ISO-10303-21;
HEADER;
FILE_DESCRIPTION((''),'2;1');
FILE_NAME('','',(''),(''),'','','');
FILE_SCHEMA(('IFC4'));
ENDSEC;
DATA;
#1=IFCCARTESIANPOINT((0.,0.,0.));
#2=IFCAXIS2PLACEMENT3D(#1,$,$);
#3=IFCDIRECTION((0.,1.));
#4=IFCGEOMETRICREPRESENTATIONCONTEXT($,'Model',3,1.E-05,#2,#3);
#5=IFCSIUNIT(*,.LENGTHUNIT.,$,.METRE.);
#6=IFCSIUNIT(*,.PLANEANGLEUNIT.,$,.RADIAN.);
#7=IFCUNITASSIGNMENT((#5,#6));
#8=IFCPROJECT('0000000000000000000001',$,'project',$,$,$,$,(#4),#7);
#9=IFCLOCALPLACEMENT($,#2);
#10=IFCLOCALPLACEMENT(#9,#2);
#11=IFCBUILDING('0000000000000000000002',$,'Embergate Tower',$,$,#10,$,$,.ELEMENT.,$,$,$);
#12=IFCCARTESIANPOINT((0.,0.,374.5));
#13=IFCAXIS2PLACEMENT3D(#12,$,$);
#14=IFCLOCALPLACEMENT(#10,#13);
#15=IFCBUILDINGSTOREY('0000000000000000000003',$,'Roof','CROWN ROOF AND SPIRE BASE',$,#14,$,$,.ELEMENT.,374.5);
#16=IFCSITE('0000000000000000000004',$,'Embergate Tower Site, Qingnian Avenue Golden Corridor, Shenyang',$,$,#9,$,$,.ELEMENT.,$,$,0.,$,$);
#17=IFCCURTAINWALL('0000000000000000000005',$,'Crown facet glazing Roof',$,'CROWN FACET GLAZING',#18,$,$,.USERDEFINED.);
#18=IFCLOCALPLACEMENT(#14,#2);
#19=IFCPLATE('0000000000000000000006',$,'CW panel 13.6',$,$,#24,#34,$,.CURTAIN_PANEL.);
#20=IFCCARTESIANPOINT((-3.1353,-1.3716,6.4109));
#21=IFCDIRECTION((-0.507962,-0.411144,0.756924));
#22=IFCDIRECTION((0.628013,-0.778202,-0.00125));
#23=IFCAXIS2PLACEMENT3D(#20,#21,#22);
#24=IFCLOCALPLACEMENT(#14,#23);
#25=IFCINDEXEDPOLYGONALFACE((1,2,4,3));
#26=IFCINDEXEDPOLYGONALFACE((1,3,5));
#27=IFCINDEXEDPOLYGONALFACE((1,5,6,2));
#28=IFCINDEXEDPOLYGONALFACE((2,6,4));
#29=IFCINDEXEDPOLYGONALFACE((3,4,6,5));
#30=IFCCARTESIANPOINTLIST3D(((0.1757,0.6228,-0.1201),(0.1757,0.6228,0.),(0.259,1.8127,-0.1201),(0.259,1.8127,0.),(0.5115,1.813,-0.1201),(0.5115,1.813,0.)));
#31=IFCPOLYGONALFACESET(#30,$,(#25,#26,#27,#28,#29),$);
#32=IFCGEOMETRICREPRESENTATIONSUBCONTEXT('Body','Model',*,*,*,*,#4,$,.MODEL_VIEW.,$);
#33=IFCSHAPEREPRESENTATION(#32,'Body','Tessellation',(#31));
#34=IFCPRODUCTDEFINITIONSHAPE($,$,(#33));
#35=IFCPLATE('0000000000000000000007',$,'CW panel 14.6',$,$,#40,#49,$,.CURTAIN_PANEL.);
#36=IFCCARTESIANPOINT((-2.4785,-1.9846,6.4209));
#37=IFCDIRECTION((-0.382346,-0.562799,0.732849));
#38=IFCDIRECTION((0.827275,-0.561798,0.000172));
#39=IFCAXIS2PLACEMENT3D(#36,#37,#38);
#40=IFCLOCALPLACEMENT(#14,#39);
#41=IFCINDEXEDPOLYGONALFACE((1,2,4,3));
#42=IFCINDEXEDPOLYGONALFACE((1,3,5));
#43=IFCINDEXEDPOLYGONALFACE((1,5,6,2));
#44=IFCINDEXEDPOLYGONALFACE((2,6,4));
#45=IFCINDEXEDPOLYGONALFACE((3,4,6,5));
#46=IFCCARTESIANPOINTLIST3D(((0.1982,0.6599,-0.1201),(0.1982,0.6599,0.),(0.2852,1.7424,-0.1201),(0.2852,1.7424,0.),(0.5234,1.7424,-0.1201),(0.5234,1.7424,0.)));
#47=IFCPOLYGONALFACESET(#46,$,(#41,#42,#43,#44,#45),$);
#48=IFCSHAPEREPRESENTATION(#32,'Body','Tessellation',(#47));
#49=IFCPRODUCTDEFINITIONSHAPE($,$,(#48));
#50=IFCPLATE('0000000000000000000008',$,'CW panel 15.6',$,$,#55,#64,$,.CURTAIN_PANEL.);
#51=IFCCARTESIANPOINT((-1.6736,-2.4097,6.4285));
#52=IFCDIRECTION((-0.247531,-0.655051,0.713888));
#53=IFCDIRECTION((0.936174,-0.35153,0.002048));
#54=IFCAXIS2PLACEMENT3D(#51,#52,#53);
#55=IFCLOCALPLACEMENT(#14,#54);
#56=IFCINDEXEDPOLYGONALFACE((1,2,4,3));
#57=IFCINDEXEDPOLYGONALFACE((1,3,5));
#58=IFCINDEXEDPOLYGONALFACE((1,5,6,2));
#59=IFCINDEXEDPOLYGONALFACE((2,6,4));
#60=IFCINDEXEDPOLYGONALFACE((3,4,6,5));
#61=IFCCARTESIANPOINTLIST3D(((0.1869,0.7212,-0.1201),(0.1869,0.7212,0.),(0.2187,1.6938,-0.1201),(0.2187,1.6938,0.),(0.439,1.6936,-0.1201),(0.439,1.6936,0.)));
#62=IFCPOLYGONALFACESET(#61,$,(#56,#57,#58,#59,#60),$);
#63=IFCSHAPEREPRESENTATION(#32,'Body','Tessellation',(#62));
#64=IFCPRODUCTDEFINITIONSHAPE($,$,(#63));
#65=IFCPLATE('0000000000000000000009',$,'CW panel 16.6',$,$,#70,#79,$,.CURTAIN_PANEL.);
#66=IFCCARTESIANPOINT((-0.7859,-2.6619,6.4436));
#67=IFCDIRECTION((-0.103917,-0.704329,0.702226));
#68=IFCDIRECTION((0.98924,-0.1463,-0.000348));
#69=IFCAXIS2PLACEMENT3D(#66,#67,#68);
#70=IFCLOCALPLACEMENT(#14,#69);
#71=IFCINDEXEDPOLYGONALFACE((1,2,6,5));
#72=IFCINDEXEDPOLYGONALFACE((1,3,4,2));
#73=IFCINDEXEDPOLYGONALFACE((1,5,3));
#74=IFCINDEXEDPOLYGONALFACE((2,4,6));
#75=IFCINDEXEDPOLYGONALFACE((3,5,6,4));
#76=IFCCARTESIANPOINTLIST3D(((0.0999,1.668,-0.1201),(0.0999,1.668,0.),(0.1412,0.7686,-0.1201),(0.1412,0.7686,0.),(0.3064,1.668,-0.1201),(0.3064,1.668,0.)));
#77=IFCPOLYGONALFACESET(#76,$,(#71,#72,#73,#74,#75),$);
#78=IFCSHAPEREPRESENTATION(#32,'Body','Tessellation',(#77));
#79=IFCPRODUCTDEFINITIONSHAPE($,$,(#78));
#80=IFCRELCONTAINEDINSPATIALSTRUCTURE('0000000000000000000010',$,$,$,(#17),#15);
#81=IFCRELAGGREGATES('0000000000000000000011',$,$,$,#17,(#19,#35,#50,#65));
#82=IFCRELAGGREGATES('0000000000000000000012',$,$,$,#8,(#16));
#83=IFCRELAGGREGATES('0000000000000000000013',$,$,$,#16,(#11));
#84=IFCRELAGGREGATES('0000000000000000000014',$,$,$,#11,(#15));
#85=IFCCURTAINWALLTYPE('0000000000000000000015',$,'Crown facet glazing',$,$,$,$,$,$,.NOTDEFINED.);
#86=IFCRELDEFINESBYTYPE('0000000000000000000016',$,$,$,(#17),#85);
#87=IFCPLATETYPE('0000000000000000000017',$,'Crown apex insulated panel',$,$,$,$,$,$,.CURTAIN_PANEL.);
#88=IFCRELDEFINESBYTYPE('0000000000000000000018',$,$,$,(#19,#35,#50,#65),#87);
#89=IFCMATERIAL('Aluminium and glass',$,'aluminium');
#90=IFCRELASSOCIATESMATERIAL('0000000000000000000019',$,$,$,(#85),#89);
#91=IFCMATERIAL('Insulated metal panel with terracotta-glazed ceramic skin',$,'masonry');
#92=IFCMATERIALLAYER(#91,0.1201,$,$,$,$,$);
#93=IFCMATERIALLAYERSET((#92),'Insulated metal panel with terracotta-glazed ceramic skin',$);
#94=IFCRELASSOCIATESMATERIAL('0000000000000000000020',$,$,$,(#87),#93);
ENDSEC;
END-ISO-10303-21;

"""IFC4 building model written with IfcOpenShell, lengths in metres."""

from ifc_helpers import new_model, si_unit, direction, frame, origin, place, context, subcontext, project, spatial, polyline, outline, extrude, source, transform, mapped, material, layer, layer_set, type_object, element, aggregate, save


model = new_model("IFC4")

# Units and contexts
model_context = context("Model", 3, precision=1e-05, world=origin(), true_north=direction((0.0, 1.0)))
body_context = subcontext(model_context, "Body", "Model", "MODEL_VIEW")
ifc_project = project(units=[si_unit("LENGTHUNIT", "METRE"), si_unit("PLANEANGLEUNIT", "RADIAN")], contexts=[model_context])

# Site, building, storey
site_placement = place(None, origin())
site = spatial("IfcSite", under=ifc_project, at=site_placement, Name="Embergate Tower Site, Qingnian Avenue Golden Corridor, Shenyang", CompositionType="ELEMENT", RefElevation=0.0)
building_placement = place(site_placement, origin())
building = spatial("IfcBuilding", under=site, at=building_placement, Name="Embergate Tower", CompositionType="ELEMENT")
storey_placement = place(building_placement, frame((0.0, 0.0, 374.5)))
storey = spatial("IfcBuildingStorey", under=building, at=storey_placement, Name="Roof", Description="CROWN ROOF AND SPIRE BASE", CompositionType="ELEMENT", Elevation=374.5)

# Curtain wall
ifc_material_1 = material(Name="Aluminium and glass", Category="aluminium")
curtain_wall_type = type_object("IfcCurtainWallType", Name="Crown facet glazing", PredefinedType="NOTDEFINED", material=ifc_material_1)
curtain_wall_placement = place(storey_placement, origin())
curtain_wall = element("IfcCurtainWall", 1, at=curtain_wall_placement, inside=storey, type_object=curtain_wall_type, Name="Crown facet glazing Roof", ObjectType="CROWN FACET GLAZING", PredefinedType="USERDEFINED")

# Plates
ifc_material_2 = material(Name="Insulated metal panel with terracotta-glazed ceramic skin", Category="masonry")
ifc_layer_1 = layer(ifc_material_2, 0.1201)
ifc_layer_set_1 = layer_set([ifc_layer_1], Name="Insulated metal panel with terracotta-glazed ceramic skin")
plate_type = type_object("IfcPlateType", Name="Crown apex insulated panel", PredefinedType="CURTAIN_PANEL", material=ifc_layer_set_1)
shared_shape_1 = source(origin(), body_context, "Body", "SweptSolid", [
    extrude(outline(polyline([(0.0, 0.0), (0.1321, 0.0), (0.259, 1.8127), (0.5115, 1.813), (0.0, 0.0)])), origin(), (0.0, 0.0, -1.0), 0.1201),
])
plate_1_placement = place(storey_placement, frame((-3.1353, -1.3716, 6.4109), z_axis=(-0.507962, -0.411144, 0.756924), x_axis=(0.628013, -0.778202, -0.00125)))
plate_1 = element("IfcPlate", 2, at=plate_1_placement, type_object=plate_type, Name="CW panel 13.6", PredefinedType="CURTAIN_PANEL", context=body_context, shape_type="MappedRepresentation", body=[
    mapped(shared_shape_1, transform((0.0, 0.0, 0.0))),
])
shared_shape_2 = source(origin(), body_context, "Body", "SweptSolid", [
    extrude(outline(polyline([(0.0, 0.0), (0.1453, 0.0), (0.2852, 1.7424), (0.5234, 1.7424), (0.0, 0.0)])), origin(), (0.0, 0.0, -1.0), 0.1201),
])
plate_2_placement = place(storey_placement, frame((-2.4785, -1.9846, 6.4209), z_axis=(-0.382346, -0.562799, 0.732849), x_axis=(0.827275, -0.561798, 0.000172)))
plate_2 = element("IfcPlate", 3, at=plate_2_placement, type_object=plate_type, Name="CW panel 14.6", PredefinedType="CURTAIN_PANEL", context=body_context, shape_type="MappedRepresentation", body=[
    mapped(shared_shape_2, transform((0.0, 0.0, 0.0))),
])
shared_shape_3 = source(origin(), body_context, "Body", "SweptSolid", [
    extrude(outline(polyline([(0.0, 0.0), (0.1633, 0.0), (0.2188, 1.6938), (0.439, 1.6936), (0.0, 0.0)])), origin(), (0.0, 0.0, -1.0), 0.1201),
])
plate_3_placement = place(storey_placement, frame((-1.6736, -2.4097, 6.4285), z_axis=(-0.247531, -0.655051, 0.713888), x_axis=(0.936174, -0.35153, 0.002048)))
plate_3 = element("IfcPlate", 4, at=plate_3_placement, type_object=plate_type, Name="CW panel 15.6", PredefinedType="CURTAIN_PANEL", context=body_context, shape_type="MappedRepresentation", body=[
    mapped(shared_shape_3, transform((0.0, 0.0, 0.0))),
])
shared_shape_4 = source(origin(), body_context, "Body", "SweptSolid", [
    extrude(outline(polyline([(0.0, 0.0), (0.1765, 0.0), (0.0999, 1.668), (0.3064, 1.668), (0.0, 0.0)])), origin(), (0.0, 0.0, -1.0), 0.1201),
])
plate_4_placement = place(storey_placement, frame((-0.7859, -2.6619, 6.4436), z_axis=(-0.103917, -0.704329, 0.702226), x_axis=(0.98924, -0.1463, -0.000348)))
plate_4 = element("IfcPlate", 5, at=plate_4_placement, type_object=plate_type, Name="CW panel 16.6", PredefinedType="CURTAIN_PANEL", context=body_context, shape_type="MappedRepresentation", body=[
    mapped(shared_shape_4, transform((0.0, 0.0, 0.0))),
])
aggregate(curtain_wall, [plate_1, plate_2, plate_3, plate_4])

save(model, "model.ifc")
